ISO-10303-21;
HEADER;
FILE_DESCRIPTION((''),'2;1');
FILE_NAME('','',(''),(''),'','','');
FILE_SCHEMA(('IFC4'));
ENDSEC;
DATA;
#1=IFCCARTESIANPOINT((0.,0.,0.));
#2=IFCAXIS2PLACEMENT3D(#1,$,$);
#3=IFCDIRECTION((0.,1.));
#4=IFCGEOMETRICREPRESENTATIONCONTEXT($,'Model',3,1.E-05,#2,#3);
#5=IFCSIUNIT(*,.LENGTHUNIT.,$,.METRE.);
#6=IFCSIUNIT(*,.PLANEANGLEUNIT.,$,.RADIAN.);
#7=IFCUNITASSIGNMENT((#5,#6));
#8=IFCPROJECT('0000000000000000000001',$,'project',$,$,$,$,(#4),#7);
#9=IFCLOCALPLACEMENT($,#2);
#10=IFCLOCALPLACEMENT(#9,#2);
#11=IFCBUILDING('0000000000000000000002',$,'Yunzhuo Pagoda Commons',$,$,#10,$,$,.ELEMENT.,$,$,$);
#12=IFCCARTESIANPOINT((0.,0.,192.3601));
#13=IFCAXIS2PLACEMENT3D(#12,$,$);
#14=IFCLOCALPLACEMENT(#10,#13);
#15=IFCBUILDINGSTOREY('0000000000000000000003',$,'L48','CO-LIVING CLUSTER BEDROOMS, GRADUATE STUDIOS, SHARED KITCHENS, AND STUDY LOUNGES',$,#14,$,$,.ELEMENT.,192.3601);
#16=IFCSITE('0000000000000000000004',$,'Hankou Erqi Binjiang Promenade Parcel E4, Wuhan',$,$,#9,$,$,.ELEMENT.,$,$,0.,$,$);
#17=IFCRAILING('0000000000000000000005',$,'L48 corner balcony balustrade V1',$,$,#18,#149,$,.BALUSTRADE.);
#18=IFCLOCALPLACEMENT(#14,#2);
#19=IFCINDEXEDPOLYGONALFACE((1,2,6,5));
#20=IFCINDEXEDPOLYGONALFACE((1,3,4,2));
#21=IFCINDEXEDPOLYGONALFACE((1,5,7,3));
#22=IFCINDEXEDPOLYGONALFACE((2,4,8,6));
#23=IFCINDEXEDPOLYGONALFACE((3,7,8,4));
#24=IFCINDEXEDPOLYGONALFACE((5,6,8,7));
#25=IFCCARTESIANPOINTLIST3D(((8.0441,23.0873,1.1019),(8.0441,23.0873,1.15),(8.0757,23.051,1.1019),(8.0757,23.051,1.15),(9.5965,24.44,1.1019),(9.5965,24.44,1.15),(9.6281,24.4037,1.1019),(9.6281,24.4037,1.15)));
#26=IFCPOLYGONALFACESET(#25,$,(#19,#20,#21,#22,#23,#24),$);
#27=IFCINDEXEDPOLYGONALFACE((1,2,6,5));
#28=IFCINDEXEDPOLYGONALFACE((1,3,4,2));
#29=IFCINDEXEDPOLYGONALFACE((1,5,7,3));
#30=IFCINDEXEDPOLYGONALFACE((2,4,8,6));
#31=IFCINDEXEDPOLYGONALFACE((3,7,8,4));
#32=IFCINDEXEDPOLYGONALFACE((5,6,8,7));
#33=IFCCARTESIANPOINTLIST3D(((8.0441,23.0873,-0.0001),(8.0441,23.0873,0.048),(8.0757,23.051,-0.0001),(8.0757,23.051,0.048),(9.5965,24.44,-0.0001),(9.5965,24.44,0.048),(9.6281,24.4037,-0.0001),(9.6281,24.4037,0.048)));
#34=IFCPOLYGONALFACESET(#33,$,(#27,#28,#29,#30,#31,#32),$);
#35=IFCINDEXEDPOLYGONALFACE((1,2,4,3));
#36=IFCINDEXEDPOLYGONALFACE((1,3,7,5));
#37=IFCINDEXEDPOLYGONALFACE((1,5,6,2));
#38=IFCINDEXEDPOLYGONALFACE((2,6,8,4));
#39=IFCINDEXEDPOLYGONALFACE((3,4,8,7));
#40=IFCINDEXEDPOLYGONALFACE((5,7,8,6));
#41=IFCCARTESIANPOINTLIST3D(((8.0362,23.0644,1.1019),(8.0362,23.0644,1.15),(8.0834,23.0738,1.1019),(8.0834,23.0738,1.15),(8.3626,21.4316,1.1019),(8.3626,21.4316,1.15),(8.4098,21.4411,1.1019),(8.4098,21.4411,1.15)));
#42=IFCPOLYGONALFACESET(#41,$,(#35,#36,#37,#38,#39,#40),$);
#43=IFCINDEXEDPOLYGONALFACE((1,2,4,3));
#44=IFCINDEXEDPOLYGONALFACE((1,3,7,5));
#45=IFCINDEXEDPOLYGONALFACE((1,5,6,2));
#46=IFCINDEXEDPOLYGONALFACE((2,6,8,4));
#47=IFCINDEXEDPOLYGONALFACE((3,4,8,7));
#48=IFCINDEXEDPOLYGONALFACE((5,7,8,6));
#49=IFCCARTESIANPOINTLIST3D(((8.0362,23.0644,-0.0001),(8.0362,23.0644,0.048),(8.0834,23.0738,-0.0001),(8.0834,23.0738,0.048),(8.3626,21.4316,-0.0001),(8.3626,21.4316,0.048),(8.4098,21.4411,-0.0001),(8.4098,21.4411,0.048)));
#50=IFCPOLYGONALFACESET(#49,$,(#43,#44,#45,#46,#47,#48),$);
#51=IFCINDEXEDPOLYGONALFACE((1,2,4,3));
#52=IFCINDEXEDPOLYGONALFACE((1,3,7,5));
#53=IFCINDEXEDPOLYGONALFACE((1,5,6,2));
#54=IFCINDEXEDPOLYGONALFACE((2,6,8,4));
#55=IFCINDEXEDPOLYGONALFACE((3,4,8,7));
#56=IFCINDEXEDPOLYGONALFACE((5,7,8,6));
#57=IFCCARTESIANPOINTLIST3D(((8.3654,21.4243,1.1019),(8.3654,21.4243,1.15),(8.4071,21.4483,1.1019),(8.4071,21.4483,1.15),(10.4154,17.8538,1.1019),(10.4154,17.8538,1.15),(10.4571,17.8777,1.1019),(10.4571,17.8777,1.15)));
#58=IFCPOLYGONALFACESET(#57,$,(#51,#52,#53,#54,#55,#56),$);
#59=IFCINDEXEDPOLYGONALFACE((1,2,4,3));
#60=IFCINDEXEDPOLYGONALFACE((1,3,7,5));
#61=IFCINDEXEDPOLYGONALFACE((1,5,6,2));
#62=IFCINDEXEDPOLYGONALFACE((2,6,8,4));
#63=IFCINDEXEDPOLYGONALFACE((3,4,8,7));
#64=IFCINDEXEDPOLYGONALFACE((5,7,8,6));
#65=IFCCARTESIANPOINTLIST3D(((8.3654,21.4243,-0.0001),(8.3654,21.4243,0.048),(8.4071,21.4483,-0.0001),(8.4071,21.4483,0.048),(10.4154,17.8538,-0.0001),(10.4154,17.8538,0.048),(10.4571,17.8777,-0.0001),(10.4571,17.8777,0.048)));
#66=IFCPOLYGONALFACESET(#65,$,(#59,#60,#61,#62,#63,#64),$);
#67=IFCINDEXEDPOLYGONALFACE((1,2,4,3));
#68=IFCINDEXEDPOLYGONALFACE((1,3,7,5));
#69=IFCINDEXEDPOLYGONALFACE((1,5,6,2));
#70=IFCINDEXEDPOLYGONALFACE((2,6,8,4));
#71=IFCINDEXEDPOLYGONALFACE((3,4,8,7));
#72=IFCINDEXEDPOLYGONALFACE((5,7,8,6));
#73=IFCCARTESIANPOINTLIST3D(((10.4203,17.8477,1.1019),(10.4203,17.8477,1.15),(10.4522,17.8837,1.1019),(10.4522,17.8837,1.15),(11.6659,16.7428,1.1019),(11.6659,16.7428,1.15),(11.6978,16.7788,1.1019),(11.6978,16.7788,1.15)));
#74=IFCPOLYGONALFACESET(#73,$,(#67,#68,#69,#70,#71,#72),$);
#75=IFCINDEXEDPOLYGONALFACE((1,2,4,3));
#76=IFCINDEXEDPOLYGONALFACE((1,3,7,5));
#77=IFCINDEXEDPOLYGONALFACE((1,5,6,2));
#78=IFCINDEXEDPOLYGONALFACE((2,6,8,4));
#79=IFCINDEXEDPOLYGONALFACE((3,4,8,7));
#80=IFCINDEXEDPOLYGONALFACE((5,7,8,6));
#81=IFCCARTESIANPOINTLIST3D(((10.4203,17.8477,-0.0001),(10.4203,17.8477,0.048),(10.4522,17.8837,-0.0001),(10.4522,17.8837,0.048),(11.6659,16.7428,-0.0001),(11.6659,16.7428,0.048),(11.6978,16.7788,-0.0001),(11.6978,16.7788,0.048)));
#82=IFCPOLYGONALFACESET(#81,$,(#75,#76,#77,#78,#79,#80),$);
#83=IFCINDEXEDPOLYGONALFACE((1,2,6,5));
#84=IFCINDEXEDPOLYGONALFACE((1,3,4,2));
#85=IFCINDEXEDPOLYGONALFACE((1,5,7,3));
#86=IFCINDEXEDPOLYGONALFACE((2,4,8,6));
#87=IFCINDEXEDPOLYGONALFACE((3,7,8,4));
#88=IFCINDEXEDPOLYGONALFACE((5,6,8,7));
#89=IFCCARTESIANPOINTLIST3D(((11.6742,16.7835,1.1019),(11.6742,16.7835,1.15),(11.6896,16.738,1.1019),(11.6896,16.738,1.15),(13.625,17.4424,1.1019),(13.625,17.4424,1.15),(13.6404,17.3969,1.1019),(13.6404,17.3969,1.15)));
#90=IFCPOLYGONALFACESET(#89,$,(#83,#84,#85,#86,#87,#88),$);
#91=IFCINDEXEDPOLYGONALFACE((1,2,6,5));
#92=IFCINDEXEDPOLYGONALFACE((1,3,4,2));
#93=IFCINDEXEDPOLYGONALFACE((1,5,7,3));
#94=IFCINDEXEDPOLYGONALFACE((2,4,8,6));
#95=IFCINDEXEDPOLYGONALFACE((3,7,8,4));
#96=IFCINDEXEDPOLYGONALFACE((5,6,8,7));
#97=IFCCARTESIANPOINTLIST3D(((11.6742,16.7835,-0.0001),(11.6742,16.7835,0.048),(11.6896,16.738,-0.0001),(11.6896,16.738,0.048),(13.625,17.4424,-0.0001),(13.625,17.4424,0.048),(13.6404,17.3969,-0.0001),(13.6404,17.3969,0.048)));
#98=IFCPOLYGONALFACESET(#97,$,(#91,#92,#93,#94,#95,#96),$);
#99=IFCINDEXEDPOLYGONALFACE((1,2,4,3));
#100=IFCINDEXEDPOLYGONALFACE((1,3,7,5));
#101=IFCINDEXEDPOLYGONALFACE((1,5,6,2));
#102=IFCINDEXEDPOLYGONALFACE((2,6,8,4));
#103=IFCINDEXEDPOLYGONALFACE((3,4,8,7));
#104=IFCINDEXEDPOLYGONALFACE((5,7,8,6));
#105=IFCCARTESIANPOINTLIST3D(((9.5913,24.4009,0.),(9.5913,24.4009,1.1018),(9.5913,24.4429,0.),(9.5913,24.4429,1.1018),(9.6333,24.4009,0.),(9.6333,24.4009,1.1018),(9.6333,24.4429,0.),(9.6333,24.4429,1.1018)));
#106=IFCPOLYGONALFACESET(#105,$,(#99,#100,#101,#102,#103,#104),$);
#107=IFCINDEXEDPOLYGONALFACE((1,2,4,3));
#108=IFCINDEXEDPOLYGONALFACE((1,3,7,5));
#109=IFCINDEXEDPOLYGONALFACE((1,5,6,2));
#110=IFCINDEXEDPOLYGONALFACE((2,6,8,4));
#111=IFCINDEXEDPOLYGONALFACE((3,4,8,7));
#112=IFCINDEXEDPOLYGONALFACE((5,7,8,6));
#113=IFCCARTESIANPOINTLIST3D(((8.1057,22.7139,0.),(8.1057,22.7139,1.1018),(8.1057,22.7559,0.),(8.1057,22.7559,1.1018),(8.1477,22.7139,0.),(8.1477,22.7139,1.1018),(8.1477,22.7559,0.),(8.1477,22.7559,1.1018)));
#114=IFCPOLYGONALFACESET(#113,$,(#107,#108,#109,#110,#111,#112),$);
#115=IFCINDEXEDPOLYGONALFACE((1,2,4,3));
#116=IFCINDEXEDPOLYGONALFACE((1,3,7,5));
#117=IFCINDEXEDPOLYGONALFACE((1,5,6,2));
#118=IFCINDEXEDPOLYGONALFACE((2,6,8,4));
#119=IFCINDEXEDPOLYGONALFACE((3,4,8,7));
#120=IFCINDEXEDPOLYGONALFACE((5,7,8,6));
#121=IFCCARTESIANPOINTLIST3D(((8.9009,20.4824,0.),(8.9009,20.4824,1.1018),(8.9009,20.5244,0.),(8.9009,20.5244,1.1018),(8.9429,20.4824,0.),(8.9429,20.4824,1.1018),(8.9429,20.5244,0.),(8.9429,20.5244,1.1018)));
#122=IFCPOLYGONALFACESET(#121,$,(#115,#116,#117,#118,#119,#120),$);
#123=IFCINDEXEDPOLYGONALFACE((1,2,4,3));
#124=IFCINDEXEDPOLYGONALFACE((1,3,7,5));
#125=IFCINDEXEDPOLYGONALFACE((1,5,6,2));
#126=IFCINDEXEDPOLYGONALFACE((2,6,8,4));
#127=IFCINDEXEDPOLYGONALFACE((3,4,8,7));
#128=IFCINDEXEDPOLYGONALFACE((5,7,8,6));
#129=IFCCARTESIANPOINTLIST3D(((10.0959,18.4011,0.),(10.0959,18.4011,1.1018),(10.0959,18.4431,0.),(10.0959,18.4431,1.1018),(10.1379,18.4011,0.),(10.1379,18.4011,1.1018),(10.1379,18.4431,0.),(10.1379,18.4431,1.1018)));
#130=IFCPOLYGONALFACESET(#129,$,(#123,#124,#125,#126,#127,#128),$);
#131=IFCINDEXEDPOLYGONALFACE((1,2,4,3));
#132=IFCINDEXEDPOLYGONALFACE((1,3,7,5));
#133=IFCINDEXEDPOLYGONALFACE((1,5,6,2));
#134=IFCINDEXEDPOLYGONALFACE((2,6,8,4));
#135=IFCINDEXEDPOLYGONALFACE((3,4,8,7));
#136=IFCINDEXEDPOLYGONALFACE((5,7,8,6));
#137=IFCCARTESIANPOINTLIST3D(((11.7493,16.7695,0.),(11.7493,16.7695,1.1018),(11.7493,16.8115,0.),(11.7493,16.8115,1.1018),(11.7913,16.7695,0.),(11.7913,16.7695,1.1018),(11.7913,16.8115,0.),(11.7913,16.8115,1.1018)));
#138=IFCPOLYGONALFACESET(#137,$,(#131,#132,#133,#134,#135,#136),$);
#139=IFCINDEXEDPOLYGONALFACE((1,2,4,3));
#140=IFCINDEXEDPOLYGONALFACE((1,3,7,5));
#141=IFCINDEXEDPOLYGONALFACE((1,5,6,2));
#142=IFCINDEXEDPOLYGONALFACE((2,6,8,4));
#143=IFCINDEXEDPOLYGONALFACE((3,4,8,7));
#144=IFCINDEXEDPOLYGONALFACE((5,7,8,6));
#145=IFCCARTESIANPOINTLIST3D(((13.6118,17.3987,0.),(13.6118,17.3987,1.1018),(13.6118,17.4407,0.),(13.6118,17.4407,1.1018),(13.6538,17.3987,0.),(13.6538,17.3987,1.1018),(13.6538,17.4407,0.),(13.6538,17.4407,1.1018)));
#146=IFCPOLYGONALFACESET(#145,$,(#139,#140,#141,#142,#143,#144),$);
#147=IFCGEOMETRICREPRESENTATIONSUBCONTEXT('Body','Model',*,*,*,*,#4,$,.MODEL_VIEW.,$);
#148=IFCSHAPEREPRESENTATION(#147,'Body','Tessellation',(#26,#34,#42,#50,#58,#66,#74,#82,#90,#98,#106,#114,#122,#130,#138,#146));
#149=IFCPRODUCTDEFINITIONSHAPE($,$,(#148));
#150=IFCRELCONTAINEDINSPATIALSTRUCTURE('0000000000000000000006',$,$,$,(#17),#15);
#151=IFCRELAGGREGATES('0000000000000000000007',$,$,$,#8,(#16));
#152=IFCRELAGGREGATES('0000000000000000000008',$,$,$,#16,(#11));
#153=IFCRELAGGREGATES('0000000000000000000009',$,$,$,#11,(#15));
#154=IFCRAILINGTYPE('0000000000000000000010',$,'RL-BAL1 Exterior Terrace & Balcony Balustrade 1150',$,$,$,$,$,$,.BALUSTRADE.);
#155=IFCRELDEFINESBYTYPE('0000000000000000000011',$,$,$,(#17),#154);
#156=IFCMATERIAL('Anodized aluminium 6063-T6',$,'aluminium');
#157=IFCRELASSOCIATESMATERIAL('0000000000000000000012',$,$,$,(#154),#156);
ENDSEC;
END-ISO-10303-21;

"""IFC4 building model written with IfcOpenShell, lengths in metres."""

from ifc_helpers import new_model, si_unit, direction, frame, origin, origin_2d, place, context, subcontext, project, spatial, rectangle, extrude, material, type_object, element, save


model = new_model("IFC4")

# Units and contexts
model_context = context("Model", 3, precision=1e-05, world=origin(), true_north=direction((0.0, 1.0)))
body_context = subcontext(model_context, "Body", "Model", "MODEL_VIEW")
ifc_project = project(units=[si_unit("LENGTHUNIT", "METRE"), si_unit("PLANEANGLEUNIT", "RADIAN")], contexts=[model_context])

# Site, building, storey
site_placement = place(None, origin())
site = spatial("IfcSite", under=ifc_project, at=site_placement, Name="Hankou Erqi Binjiang Promenade Parcel E4, Wuhan", CompositionType="ELEMENT", RefElevation=0.0)
building_placement = place(site_placement, origin())
building = spatial("IfcBuilding", under=site, at=building_placement, Name="Yunzhuo Pagoda Commons", CompositionType="ELEMENT")
storey_placement = place(building_placement, frame((0.0, 0.0, 192.3601)))
storey = spatial("IfcBuildingStorey", under=building, at=storey_placement, Name="L48", Description="CO-LIVING CLUSTER BEDROOMS, GRADUATE STUDIOS, SHARED KITCHENS, AND STUDY LOUNGES", CompositionType="ELEMENT", Elevation=192.3601)

# Shared definitions
ifc_material_1 = material(Name="Anodized aluminium 6063-T6", Category="aluminium")

# Railing
railing_type = type_object("IfcRailingType", Name="RL-BAL1 Exterior Terrace & Balcony Balustrade 1150", PredefinedType="BALUSTRADE", material=ifc_material_1)
railing_placement = place(storey_placement, frame((9.6123, 24.4219, 0.0)))
element("IfcRailing", 1, at=railing_placement, inside=storey, type_object=railing_type, Name="L48 corner balcony balustrade V1", PredefinedType="BALUSTRADE", context=body_context, shape_type="SweptSolid", body=[
    extrude(rectangle(XDim=0.0481, YDim=0.0481, at=origin_2d()), frame((0.0, 0.0, 1.126), z_axis=(-0.753934, -0.65695, 0.0), x_axis=(0.65695, -0.753934, 0.0)), (0.0, 0.0, 1.0), 2.0591),
    extrude(rectangle(XDim=0.0481, YDim=0.0481, at=origin_2d()), frame((0.0, 0.0, 0.0239), z_axis=(-0.753934, -0.65695, 0.0), x_axis=(0.65695, -0.753934, 0.0)), (0.0, 0.0, 1.0), 2.0591),
    extrude(rectangle(XDim=0.0481, YDim=0.0481, at=origin_2d()), frame((-1.5525, -1.3528, 1.126), z_axis=(0.196032, -0.980598, 0.0), x_axis=(0.980598, 0.196032, 0.0)), (0.0, 0.0, 1.0), 1.665),
    extrude(rectangle(XDim=0.0481, YDim=0.0481, at=origin_2d()), frame((-1.5525, -1.3528, 0.0239), z_axis=(0.196032, -0.980598, 0.0), x_axis=(0.980598, 0.196032, 0.0)), (0.0, 0.0, 1.0), 1.665),
    extrude(rectangle(XDim=0.0481, YDim=0.0481, at=origin_2d()), frame((-1.2261, -2.9856, 1.126), z_axis=(0.49792, -0.867223, 0.0), x_axis=(0.867223, 0.49792, 0.0)), (0.0, 0.0, 1.0), 4.1172),
    extrude(rectangle(XDim=0.0481, YDim=0.0481, at=origin_2d()), frame((-1.2261, -2.9856, 0.0239), z_axis=(0.49792, -0.867223, 0.0), x_axis=(0.867223, 0.49792, 0.0)), (0.0, 0.0, 1.0), 4.1172),
    extrude(rectangle(XDim=0.0481, YDim=0.0481, at=origin_2d()), frame((0.824, -6.5562, 1.126), z_axis=(0.748072, -0.663617, 0.0), x_axis=(0.663617, 0.748072, 0.0)), (0.0, 0.0, 1.0), 1.665),
    extrude(rectangle(XDim=0.0481, YDim=0.0481, at=origin_2d()), frame((0.824, -6.5562, 0.0239), z_axis=(0.748072, -0.663617, 0.0), x_axis=(0.663617, 0.748072, 0.0)), (0.0, 0.0, 1.0), 1.665),
    extrude(rectangle(XDim=0.0481, YDim=0.0481, at=origin_2d()), frame((2.0696, -7.6611, 1.126), z_axis=(0.947419, 0.319996, 0.0), x_axis=(-0.319996, 0.947419, 0.0)), (0.0, 0.0, 1.0), 2.0591),
    extrude(rectangle(XDim=0.0481, YDim=0.0481, at=origin_2d()), frame((2.0696, -7.6611, 0.0239), z_axis=(0.947419, 0.319996, 0.0), x_axis=(-0.319996, 0.947419, 0.0)), (0.0, 0.0, 1.0), 2.0591),
    extrude(rectangle(XDim=0.042, YDim=0.042, at=origin_2d()), origin(), (0.0, 0.0, 1.0), 1.1018),
    extrude(rectangle(XDim=0.042, YDim=0.042, at=origin_2d()), frame((-1.4856, -1.687, 0.0)), (0.0, 0.0, 1.0), 1.1018),
    extrude(rectangle(XDim=0.042, YDim=0.042, at=origin_2d()), frame((-0.6904, -3.9185, 0.0)), (0.0, 0.0, 1.0), 1.1018),
    extrude(rectangle(XDim=0.042, YDim=0.042, at=origin_2d()), frame((0.5046, -5.9998, 0.0)), (0.0, 0.0, 1.0), 1.1018),
    extrude(rectangle(XDim=0.042, YDim=0.042, at=origin_2d()), frame((2.158, -7.6313, 0.0)), (0.0, 0.0, 1.0), 1.1018),
    extrude(rectangle(XDim=0.042, YDim=0.042, at=origin_2d()), frame((4.0205, -7.0022, 0.0)), (0.0, 0.0, 1.0), 1.1018),
])

save(model, "model.ifc")
